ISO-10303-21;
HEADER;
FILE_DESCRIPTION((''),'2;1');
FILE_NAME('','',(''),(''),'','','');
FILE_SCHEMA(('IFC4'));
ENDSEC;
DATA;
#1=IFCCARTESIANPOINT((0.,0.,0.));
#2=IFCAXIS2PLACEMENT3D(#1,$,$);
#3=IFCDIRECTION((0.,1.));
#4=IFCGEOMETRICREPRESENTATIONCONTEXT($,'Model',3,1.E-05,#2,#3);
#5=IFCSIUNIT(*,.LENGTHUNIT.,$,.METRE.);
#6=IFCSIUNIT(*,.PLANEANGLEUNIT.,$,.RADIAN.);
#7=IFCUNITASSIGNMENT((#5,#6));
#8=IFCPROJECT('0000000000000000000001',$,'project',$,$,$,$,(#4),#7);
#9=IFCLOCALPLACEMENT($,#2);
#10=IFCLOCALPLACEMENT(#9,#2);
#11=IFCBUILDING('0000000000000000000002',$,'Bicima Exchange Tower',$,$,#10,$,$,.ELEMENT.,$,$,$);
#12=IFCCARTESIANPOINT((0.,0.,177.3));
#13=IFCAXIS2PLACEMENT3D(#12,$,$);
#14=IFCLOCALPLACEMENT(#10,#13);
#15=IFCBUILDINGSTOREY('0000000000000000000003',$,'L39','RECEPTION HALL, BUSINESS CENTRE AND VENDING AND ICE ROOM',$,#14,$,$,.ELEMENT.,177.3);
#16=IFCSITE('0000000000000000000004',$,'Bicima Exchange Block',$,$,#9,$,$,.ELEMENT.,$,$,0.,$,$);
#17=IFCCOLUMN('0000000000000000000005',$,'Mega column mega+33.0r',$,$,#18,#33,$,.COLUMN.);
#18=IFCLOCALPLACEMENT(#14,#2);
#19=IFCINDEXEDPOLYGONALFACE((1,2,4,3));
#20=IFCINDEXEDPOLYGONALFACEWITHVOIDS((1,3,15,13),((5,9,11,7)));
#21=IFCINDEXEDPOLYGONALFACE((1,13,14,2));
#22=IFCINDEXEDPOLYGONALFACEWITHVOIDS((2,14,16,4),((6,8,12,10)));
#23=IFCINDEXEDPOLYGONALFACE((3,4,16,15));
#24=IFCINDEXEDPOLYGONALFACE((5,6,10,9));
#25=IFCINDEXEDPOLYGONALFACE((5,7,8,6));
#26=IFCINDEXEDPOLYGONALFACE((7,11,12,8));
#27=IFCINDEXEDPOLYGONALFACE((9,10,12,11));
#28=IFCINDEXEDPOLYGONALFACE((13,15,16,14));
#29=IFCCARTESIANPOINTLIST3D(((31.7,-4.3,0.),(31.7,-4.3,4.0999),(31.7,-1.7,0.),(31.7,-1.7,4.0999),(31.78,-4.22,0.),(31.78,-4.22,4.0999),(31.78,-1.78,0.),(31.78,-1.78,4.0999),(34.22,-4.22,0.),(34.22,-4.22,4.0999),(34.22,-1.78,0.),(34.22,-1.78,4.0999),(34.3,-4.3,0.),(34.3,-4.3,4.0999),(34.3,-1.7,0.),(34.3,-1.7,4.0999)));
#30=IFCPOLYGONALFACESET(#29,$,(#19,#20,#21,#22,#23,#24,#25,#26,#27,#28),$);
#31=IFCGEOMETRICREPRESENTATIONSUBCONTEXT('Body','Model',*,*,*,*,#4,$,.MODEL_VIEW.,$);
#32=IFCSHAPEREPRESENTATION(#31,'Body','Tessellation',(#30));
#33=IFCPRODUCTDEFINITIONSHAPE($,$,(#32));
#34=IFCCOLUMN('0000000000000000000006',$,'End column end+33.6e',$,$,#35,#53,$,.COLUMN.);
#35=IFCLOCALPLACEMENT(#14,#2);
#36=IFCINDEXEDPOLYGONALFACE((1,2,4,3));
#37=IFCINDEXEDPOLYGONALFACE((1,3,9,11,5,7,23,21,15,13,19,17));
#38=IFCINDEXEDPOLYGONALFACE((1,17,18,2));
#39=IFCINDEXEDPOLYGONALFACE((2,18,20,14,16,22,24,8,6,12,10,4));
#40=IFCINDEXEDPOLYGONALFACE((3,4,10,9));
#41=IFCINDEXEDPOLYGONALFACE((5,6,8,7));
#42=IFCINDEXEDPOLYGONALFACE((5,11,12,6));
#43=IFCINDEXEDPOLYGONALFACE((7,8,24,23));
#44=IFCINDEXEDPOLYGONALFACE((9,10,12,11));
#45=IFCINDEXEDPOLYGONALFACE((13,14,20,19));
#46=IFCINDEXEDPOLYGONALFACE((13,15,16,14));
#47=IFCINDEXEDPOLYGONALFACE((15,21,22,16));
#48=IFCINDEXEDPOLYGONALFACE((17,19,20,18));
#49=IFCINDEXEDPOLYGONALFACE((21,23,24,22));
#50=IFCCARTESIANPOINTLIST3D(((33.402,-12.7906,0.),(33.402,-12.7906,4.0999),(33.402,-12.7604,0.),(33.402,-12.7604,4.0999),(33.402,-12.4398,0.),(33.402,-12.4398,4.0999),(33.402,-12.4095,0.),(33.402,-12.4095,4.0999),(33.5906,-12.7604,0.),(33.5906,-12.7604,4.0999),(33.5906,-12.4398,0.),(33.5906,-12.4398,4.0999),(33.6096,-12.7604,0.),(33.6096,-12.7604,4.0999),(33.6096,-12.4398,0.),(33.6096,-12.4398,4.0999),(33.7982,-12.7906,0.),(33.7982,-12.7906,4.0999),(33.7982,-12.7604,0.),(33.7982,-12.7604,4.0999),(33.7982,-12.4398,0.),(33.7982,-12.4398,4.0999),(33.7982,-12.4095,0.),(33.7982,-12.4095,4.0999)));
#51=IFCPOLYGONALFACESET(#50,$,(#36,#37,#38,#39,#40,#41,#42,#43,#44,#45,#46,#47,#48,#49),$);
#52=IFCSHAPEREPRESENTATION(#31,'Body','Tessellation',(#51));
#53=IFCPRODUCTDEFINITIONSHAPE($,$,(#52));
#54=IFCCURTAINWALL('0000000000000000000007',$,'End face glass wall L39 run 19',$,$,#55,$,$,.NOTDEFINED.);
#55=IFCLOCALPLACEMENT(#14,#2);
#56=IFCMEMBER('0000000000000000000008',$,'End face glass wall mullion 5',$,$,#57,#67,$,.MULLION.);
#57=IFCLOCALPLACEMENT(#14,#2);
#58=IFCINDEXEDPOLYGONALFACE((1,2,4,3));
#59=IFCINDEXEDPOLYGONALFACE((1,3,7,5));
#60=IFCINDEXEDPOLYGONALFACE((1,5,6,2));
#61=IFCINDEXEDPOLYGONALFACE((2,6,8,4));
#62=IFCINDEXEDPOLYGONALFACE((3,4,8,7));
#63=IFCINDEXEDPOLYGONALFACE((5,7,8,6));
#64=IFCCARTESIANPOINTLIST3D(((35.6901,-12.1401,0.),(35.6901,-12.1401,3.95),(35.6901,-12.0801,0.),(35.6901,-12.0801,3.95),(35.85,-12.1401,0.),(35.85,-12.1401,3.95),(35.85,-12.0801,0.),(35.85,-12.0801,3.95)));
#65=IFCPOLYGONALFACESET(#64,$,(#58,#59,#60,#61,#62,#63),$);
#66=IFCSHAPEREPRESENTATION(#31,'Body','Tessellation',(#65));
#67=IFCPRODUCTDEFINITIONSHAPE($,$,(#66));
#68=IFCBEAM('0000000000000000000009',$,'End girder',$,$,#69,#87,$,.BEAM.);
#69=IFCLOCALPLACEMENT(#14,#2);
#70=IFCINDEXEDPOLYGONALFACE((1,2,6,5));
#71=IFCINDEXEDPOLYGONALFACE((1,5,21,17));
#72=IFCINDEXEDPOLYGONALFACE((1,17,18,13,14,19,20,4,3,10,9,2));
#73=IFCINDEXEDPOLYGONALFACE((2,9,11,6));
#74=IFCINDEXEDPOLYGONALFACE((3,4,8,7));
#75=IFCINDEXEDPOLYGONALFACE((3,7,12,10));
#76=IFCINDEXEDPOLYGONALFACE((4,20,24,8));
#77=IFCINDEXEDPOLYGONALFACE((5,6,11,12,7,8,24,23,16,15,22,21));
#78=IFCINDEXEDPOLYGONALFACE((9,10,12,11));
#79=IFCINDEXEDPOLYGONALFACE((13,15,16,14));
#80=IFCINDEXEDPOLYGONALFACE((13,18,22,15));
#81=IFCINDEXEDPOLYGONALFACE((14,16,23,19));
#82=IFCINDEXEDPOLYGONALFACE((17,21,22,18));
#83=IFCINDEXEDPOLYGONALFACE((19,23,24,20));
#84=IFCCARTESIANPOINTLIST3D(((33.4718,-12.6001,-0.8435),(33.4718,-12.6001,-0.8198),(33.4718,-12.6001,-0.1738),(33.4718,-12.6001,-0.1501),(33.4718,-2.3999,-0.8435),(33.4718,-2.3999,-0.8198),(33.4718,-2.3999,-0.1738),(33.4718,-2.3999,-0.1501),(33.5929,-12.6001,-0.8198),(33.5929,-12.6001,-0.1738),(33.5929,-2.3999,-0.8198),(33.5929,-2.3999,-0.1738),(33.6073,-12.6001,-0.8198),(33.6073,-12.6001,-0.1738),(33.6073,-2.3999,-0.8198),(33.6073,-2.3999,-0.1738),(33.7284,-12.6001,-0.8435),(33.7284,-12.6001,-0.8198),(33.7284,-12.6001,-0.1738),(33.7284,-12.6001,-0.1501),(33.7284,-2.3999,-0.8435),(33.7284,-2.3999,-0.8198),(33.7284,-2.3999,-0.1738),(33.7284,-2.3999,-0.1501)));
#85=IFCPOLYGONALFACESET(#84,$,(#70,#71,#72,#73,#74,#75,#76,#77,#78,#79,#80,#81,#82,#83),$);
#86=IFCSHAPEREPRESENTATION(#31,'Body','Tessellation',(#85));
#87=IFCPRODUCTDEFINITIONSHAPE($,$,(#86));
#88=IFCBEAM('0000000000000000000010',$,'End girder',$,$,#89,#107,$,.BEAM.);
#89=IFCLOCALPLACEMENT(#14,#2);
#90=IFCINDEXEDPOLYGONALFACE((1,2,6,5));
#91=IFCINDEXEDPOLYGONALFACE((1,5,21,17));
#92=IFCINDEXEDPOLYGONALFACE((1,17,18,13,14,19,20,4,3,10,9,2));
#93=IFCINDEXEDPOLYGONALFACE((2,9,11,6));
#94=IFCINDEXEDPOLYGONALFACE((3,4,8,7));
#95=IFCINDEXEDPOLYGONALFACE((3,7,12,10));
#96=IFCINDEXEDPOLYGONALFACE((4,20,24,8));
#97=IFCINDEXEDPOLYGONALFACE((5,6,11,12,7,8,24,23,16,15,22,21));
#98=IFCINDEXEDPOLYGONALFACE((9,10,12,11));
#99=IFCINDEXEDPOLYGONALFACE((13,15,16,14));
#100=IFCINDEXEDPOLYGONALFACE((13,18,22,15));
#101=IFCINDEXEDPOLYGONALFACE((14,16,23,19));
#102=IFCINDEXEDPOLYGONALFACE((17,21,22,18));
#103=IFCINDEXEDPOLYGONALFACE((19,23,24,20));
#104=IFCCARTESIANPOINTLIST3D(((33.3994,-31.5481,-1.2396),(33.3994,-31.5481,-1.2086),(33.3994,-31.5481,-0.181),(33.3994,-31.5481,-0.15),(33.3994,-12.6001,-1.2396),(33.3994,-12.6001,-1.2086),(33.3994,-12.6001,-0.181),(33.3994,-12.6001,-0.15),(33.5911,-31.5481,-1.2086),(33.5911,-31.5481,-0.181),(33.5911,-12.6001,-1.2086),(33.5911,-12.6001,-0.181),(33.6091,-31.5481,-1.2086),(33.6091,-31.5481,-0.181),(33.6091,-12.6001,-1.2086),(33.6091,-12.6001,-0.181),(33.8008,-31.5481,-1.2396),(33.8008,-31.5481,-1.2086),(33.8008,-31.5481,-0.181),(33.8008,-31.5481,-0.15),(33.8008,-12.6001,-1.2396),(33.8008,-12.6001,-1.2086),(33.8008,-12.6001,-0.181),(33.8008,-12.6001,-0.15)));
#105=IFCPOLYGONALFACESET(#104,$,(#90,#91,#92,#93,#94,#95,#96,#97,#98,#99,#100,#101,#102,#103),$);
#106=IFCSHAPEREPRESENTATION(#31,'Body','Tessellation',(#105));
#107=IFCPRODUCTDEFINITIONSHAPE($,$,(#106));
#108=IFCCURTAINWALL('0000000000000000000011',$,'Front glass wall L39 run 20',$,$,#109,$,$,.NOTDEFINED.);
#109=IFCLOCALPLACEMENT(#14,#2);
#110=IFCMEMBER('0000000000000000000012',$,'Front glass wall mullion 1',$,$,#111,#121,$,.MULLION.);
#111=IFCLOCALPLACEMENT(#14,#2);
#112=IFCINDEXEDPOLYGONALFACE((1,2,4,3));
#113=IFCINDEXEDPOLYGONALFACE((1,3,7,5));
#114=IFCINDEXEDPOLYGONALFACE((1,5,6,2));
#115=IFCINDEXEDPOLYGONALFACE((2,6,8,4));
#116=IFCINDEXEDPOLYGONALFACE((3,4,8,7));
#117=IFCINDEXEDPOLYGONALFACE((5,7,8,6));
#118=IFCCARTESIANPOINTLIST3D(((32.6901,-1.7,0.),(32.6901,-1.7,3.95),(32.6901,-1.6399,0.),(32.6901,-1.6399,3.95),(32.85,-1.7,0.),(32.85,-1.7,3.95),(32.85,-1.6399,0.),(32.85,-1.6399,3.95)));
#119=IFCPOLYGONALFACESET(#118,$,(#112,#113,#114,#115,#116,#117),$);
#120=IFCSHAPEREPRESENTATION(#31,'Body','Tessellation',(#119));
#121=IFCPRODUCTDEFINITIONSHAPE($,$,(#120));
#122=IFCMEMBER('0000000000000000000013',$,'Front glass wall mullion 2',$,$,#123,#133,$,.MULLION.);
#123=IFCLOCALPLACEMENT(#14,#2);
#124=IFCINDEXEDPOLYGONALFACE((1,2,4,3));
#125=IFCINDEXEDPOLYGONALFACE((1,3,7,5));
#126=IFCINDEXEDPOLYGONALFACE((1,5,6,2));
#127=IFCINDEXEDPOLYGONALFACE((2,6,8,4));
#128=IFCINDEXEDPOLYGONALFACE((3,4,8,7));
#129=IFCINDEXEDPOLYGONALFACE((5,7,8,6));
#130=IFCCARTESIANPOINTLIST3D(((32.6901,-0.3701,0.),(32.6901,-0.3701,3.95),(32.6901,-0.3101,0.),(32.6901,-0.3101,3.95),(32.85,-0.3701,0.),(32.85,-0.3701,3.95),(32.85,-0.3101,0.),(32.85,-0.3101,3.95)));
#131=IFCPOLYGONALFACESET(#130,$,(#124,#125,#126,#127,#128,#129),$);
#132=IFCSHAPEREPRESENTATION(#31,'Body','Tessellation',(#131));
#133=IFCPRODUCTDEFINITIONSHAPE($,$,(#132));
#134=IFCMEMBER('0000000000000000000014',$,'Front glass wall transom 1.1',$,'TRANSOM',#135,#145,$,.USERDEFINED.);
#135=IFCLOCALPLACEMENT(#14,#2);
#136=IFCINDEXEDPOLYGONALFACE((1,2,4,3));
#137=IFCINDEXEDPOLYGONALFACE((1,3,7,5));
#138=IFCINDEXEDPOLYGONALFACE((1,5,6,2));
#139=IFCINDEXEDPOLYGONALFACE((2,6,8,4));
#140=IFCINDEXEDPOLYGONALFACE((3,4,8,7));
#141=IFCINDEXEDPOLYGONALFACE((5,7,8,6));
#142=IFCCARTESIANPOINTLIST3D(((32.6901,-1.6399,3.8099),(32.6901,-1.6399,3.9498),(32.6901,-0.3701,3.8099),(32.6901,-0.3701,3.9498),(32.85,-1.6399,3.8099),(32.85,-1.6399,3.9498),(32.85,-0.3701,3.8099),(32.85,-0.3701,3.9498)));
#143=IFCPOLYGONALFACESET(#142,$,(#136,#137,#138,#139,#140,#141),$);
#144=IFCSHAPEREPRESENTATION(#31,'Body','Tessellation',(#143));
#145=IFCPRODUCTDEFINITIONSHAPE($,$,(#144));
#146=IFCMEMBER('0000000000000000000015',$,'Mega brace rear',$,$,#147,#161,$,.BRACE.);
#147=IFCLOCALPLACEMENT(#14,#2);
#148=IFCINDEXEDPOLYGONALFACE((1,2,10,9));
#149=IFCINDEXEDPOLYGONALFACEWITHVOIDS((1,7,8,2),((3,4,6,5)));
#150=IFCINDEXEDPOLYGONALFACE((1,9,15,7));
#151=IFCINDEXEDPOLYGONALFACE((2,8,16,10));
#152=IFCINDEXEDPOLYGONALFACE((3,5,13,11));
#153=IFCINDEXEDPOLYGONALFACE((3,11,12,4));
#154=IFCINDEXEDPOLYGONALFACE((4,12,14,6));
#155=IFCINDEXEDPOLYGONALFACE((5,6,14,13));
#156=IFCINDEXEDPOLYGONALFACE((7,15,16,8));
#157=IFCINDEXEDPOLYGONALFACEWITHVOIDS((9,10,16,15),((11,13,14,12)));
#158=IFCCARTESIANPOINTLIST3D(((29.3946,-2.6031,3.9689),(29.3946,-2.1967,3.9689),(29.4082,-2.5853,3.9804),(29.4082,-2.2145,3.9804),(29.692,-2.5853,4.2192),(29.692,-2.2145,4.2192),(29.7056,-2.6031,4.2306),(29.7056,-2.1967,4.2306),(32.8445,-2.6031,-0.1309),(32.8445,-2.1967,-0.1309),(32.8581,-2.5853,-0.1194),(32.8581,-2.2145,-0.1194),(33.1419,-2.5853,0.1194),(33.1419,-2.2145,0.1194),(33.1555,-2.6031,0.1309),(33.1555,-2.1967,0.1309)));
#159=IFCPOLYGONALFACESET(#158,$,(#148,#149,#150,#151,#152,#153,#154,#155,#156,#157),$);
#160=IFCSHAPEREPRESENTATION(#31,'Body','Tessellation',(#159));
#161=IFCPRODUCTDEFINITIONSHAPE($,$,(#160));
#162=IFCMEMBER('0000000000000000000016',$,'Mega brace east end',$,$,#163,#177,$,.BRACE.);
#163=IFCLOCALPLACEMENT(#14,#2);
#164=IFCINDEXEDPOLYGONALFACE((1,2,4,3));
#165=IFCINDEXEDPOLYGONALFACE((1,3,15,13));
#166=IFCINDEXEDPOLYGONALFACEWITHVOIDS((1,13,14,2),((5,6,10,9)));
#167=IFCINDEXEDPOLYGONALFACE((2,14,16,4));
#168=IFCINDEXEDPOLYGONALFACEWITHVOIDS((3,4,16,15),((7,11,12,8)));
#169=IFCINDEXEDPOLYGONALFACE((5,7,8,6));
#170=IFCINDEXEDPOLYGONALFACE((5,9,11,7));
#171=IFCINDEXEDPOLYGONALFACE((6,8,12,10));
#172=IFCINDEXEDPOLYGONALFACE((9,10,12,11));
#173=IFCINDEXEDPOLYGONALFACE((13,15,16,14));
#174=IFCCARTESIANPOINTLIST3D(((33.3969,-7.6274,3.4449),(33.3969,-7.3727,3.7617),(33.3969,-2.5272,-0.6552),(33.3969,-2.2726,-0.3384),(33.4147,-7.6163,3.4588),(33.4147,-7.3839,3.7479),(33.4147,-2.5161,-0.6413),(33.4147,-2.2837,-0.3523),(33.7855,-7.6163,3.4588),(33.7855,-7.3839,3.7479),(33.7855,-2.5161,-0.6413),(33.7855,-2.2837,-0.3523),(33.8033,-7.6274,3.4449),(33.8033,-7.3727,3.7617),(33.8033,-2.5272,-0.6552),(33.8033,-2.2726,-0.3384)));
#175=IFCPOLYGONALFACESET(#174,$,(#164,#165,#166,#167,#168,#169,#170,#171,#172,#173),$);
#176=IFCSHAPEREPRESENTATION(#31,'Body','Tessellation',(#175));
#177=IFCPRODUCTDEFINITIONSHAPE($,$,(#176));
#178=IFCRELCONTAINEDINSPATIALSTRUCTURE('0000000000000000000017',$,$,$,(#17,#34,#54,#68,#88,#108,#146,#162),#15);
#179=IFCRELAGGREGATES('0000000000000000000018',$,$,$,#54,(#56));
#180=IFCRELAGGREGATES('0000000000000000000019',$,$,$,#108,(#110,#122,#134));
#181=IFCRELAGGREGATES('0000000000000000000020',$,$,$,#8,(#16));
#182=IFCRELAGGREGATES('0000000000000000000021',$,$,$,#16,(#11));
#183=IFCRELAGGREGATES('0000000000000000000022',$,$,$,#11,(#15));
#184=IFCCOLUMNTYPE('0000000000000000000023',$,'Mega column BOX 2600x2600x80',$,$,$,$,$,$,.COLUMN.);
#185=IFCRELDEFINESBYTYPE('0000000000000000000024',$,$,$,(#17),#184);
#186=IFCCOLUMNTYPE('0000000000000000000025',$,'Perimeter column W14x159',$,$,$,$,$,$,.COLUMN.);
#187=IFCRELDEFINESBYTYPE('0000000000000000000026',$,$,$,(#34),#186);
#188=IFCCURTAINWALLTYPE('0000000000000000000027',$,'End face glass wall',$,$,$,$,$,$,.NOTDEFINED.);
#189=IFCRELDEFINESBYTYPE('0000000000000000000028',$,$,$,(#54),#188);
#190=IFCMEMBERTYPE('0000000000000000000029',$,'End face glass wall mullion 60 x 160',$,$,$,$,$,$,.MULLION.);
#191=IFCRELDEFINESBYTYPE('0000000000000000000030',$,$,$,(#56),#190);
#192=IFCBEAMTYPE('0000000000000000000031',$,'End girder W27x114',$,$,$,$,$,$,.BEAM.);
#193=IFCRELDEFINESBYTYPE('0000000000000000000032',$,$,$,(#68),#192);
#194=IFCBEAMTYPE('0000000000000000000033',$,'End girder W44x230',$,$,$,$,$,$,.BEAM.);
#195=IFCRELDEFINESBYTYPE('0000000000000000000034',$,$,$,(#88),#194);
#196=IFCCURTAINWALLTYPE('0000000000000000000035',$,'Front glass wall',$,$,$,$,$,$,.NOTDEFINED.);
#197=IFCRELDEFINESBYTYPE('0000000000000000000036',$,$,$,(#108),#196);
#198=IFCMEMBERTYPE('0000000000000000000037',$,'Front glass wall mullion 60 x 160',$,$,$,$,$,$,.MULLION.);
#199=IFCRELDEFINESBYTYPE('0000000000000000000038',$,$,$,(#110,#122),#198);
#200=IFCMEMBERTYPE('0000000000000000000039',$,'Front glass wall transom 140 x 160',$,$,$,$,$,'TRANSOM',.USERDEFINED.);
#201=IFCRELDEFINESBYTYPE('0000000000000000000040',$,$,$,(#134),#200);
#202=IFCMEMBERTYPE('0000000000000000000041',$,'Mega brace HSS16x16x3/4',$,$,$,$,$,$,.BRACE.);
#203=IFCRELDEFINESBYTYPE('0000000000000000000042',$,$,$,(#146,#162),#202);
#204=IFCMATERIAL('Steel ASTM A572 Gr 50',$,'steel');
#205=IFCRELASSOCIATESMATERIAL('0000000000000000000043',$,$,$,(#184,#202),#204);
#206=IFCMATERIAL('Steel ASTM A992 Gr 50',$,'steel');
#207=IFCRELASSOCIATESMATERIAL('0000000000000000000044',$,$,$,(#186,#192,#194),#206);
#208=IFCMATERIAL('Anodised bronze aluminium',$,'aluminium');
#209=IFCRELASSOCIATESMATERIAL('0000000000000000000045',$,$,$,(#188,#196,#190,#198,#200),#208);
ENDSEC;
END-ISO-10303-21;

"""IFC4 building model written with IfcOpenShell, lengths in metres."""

from ifc_helpers import new_model, si_unit, direction, frame, origin, origin_2d, place, context, subcontext, project, spatial, rectangle, hollow_rectangle, i_section, extrude, material, material_profile, profile_set, type_object, element, aggregate, save


model = new_model("IFC4")

# Units and contexts
model_context = context("Model", 3, precision=1e-05, world=origin(), true_north=direction((0.0, 1.0)))
body_context = subcontext(model_context, "Body", "Model", "MODEL_VIEW")
ifc_project = project(units=[si_unit("LENGTHUNIT", "METRE"), si_unit("PLANEANGLEUNIT", "RADIAN")], contexts=[model_context])

# Site, building, storey
site_placement = place(None, origin())
site = spatial("IfcSite", under=ifc_project, at=site_placement, Name="Bicima Exchange Block", CompositionType="ELEMENT", RefElevation=0.0)
building_placement = place(site_placement, origin())
building = spatial("IfcBuilding", under=site, at=building_placement, Name="Bicima Exchange Tower", CompositionType="ELEMENT")
storey_placement = place(building_placement, frame((0.0, 0.0, 177.3)))
storey = spatial("IfcBuildingStorey", under=building, at=storey_placement, Name="L39", Description="RECEPTION HALL, BUSINESS CENTRE AND VENDING AND ICE ROOM", CompositionType="ELEMENT", Elevation=177.3)

# Columns
ifc_material_1 = material(Name="Steel ASTM A572 Gr 50", Category="steel")
ifc_material_profile_1 = material_profile(ifc_material_1, hollow_rectangle(XDim=2.6001, YDim=2.6001, WallThickness=0.0801, at=origin_2d()))
ifc_profile_set_1 = profile_set([ifc_material_profile_1], Name="Steel ASTM A572 Gr 50")
column_type_1 = type_object("IfcColumnType", Name="Mega column BOX 2600x2600x80", PredefinedType="COLUMN", material=ifc_profile_set_1)
column_1_placement = place(storey_placement, frame((33.0, -3.0, 0.0), z_axis=(0.0, 0.0, 1.0), x_axis=(1.0, 0.0, 0.0)))
element("IfcColumn", 1, at=column_1_placement, inside=storey, type_object=column_type_1, Name="Mega column mega+33.0r", PredefinedType="COLUMN", context=body_context, shape_type="SweptSolid", body=[
    extrude(hollow_rectangle(XDim=2.6001, YDim=2.6001, WallThickness=0.0801, at=origin_2d()), origin(), (0.0, 0.0, 1.0), 4.0999),
])
ifc_material_2 = material(Name="Steel ASTM A992 Gr 50", Category="steel")
ifc_material_profile_2 = material_profile(ifc_material_2, i_section(OverallWidth=0.3962, OverallDepth=0.3811, WebThickness=0.019, FlangeThickness=0.0303, at=origin_2d()))
ifc_profile_set_2 = profile_set([ifc_material_profile_2], Name="Steel ASTM A992 Gr 50")
column_type_2 = type_object("IfcColumnType", Name="Perimeter column W14x159", PredefinedType="COLUMN", material=ifc_profile_set_2)
column_2_placement = place(storey_placement, frame((33.6001, -12.6001, 0.0), z_axis=(0.0, 0.0, 1.0), x_axis=(1.0, 0.0, 0.0)))
element("IfcColumn", 2, at=column_2_placement, inside=storey, type_object=column_type_2, Name="End column end+33.6e", PredefinedType="COLUMN", context=body_context, shape_type="SweptSolid", body=[
    extrude(i_section(OverallWidth=0.3962, OverallDepth=0.3811, WebThickness=0.019, FlangeThickness=0.0303, at=origin_2d()), origin(), (0.0, 0.0, 1.0), 4.0999),
])

# Curtain wall, member
ifc_material_3 = material(Name="Anodised bronze aluminium", Category="aluminium")
curtain_wall_type_1 = type_object("IfcCurtainWallType", Name="End face glass wall", PredefinedType="NOTDEFINED", material=ifc_material_3)
curtain_wall_1_placement = place(storey_placement, origin())
curtain_wall_1 = element("IfcCurtainWall", 3, at=curtain_wall_1_placement, inside=storey, type_object=curtain_wall_type_1, Name="End face glass wall L39 run 19", PredefinedType="NOTDEFINED")
ifc_material_profile_3 = material_profile(ifc_material_3, rectangle(XDim=0.1599, YDim=0.0601, at=origin_2d()))
ifc_profile_set_3 = profile_set([ifc_material_profile_3], Name="Anodised bronze aluminium")
member_type_1 = type_object("IfcMemberType", Name="End face glass wall mullion 60 x 160", PredefinedType="MULLION", material=ifc_profile_set_3)
member_1_placement = place(storey_placement, frame((35.77, -12.1101, 0.0), z_axis=(0.0, 0.0, 1.0), x_axis=(-1.0, 0.0, 0.0)))
member_1 = element("IfcMember", 4, at=member_1_placement, type_object=member_type_1, Name="End face glass wall mullion 5", PredefinedType="MULLION", context=body_context, shape_type="SweptSolid", body=[
    extrude(rectangle(XDim=0.1599, YDim=0.0601, at=origin_2d()), origin(), (0.0, 0.0, 1.0), 3.95),
])
aggregate(curtain_wall_1, [member_1])

# Beams
ifc_material_profile_4 = material_profile(ifc_material_2, i_section(OverallWidth=0.2566, OverallDepth=0.6934, WebThickness=0.0144, FlangeThickness=0.0237, at=origin_2d()))
ifc_profile_set_4 = profile_set([ifc_material_profile_4], Name="Steel ASTM A992 Gr 50")
beam_type_1 = type_object("IfcBeamType", Name="End girder W27x114", PredefinedType="BEAM", material=ifc_profile_set_4)
beam_1_placement = place(storey_placement, frame((33.6001, -2.3999, -0.4968), z_axis=(0.0, -1.0, 0.0), x_axis=(1.0, 0.0, 0.0)))
element("IfcBeam", 5, at=beam_1_placement, inside=storey, type_object=beam_type_1, Name="End girder", PredefinedType="BEAM", context=body_context, shape_type="SweptSolid", body=[
    extrude(i_section(OverallWidth=0.2566, OverallDepth=0.6934, WebThickness=0.0144, FlangeThickness=0.0237, at=origin_2d()), origin(), (0.0, 0.0, 1.0), 10.2002),
])
ifc_material_profile_5 = material_profile(ifc_material_2, i_section(OverallWidth=0.4014, OverallDepth=1.0896, WebThickness=0.0181, FlangeThickness=0.031, at=origin_2d()))
ifc_profile_set_5 = profile_set([ifc_material_profile_5], Name="Steel ASTM A992 Gr 50")
beam_type_2 = type_object("IfcBeamType", Name="End girder W44x230", PredefinedType="BEAM", material=ifc_profile_set_5)
beam_2_placement = place(storey_placement, frame((33.6001, -12.6001, -0.6948), z_axis=(0.0, -1.0, 0.0), x_axis=(1.0, 0.0, 0.0)))
element("IfcBeam", 6, at=beam_2_placement, inside=storey, type_object=beam_type_2, Name="End girder", PredefinedType="BEAM", context=body_context, shape_type="SweptSolid", body=[
    extrude(i_section(OverallWidth=0.4014, OverallDepth=1.0896, WebThickness=0.0181, FlangeThickness=0.031, at=origin_2d()), origin(), (0.0, 0.0, 1.0), 18.948),
])

# Curtain wall, members
curtain_wall_type_2 = type_object("IfcCurtainWallType", Name="Front glass wall", PredefinedType="NOTDEFINED", material=ifc_material_3)
curtain_wall_2_placement = place(storey_placement, origin())
curtain_wall_2 = element("IfcCurtainWall", 7, at=curtain_wall_2_placement, inside=storey, type_object=curtain_wall_type_2, Name="Front glass wall L39 run 20", PredefinedType="NOTDEFINED")
member_type_2 = type_object("IfcMemberType", Name="Front glass wall mullion 60 x 160", PredefinedType="MULLION", material=ifc_profile_set_3)
member_2_placement = place(storey_placement, frame((32.77, -1.6699, 0.0), z_axis=(0.0, 0.0, 1.0), x_axis=(-1.0, 0.0, 0.0)))
member_2 = element("IfcMember", 8, at=member_2_placement, type_object=member_type_2, Name="Front glass wall mullion 1", PredefinedType="MULLION", context=body_context, shape_type="SweptSolid", body=[
    extrude(rectangle(XDim=0.1599, YDim=0.0601, at=origin_2d()), origin(), (0.0, 0.0, 1.0), 3.95),
])
member_3_placement = place(storey_placement, frame((32.77, -0.3401, 0.0), z_axis=(0.0, 0.0, 1.0), x_axis=(-1.0, 0.0, 0.0)))
member_3 = element("IfcMember", 9, at=member_3_placement, type_object=member_type_2, Name="Front glass wall mullion 2", PredefinedType="MULLION", context=body_context, shape_type="SweptSolid", body=[
    extrude(rectangle(XDim=0.1599, YDim=0.0601, at=origin_2d()), origin(), (0.0, 0.0, 1.0), 3.95),
])
ifc_material_profile_6 = material_profile(ifc_material_3, rectangle(XDim=0.1599, YDim=0.1399, at=origin_2d()))
ifc_profile_set_6 = profile_set([ifc_material_profile_6], Name="Anodised bronze aluminium")
member_type_3 = type_object("IfcMemberType", Name="Front glass wall transom 140 x 160", ElementType="TRANSOM", PredefinedType="USERDEFINED", material=ifc_profile_set_6)
member_4_placement = place(storey_placement, frame((32.77, -1.6399, 3.8799), z_axis=(0.0, 1.0, 0.0), x_axis=(-1.0, 0.0, 0.0)))
member_4 = element("IfcMember", 10, at=member_4_placement, type_object=member_type_3, Name="Front glass wall transom 1.1", ObjectType="TRANSOM", PredefinedType="USERDEFINED", context=body_context, shape_type="SweptSolid", body=[
    extrude(rectangle(XDim=0.1599, YDim=0.1399, at=origin_2d()), origin(), (0.0, 0.0, 1.0), 1.2698),
])

# Members
ifc_material_profile_7 = material_profile(ifc_material_1, hollow_rectangle(XDim=0.4065, YDim=0.4065, WallThickness=0.0178, at=origin_2d()))
ifc_profile_set_7 = profile_set([ifc_material_profile_7], Name="Steel ASTM A572 Gr 50")
member_type_4 = type_object("IfcMemberType", Name="Mega brace HSS16x16x3/4", PredefinedType="BRACE", material=ifc_profile_set_7)
member_5_placement = place(storey_placement, frame((33.0, -2.3999, 0.0), z_axis=(-0.643856, 0.0, 0.765146), x_axis=(0.0, -1.0, 0.0)))
element("IfcMember", 11, at=member_5_placement, inside=storey, type_object=member_type_4, Name="Mega brace rear", PredefinedType="BRACE", context=body_context, shape_type="SweptSolid", body=[
    extrude(hollow_rectangle(XDim=0.4065, YDim=0.4065, WallThickness=0.0178, at=origin_2d()), origin(), (0.0, 0.0, 1.0), 5.3582),
])
for number, where, z_axis, x_axis, name in (
    (12, (33.6001, -2.3999, -0.4968), (0.0, -0.779374, 0.626559), (1.0, 0.0, 0.0), "Mega brace east end"),
):
    element("IfcMember", number, at=place(storey_placement, frame(where, z_axis=z_axis, x_axis=x_axis)), inside=storey, type_object=member_type_4, Name=name, PredefinedType="BRACE", context=body_context, shape_type="SweptSolid", body=[
        extrude(hollow_rectangle(XDim=0.4065, YDim=0.4065, WallThickness=0.0178, at=origin_2d()), origin(), (0.0, 0.0, 1.0), 6.5439),
    ])

aggregate(curtain_wall_2, [member_2, member_3, member_4])

save(model, "model.ifc")
